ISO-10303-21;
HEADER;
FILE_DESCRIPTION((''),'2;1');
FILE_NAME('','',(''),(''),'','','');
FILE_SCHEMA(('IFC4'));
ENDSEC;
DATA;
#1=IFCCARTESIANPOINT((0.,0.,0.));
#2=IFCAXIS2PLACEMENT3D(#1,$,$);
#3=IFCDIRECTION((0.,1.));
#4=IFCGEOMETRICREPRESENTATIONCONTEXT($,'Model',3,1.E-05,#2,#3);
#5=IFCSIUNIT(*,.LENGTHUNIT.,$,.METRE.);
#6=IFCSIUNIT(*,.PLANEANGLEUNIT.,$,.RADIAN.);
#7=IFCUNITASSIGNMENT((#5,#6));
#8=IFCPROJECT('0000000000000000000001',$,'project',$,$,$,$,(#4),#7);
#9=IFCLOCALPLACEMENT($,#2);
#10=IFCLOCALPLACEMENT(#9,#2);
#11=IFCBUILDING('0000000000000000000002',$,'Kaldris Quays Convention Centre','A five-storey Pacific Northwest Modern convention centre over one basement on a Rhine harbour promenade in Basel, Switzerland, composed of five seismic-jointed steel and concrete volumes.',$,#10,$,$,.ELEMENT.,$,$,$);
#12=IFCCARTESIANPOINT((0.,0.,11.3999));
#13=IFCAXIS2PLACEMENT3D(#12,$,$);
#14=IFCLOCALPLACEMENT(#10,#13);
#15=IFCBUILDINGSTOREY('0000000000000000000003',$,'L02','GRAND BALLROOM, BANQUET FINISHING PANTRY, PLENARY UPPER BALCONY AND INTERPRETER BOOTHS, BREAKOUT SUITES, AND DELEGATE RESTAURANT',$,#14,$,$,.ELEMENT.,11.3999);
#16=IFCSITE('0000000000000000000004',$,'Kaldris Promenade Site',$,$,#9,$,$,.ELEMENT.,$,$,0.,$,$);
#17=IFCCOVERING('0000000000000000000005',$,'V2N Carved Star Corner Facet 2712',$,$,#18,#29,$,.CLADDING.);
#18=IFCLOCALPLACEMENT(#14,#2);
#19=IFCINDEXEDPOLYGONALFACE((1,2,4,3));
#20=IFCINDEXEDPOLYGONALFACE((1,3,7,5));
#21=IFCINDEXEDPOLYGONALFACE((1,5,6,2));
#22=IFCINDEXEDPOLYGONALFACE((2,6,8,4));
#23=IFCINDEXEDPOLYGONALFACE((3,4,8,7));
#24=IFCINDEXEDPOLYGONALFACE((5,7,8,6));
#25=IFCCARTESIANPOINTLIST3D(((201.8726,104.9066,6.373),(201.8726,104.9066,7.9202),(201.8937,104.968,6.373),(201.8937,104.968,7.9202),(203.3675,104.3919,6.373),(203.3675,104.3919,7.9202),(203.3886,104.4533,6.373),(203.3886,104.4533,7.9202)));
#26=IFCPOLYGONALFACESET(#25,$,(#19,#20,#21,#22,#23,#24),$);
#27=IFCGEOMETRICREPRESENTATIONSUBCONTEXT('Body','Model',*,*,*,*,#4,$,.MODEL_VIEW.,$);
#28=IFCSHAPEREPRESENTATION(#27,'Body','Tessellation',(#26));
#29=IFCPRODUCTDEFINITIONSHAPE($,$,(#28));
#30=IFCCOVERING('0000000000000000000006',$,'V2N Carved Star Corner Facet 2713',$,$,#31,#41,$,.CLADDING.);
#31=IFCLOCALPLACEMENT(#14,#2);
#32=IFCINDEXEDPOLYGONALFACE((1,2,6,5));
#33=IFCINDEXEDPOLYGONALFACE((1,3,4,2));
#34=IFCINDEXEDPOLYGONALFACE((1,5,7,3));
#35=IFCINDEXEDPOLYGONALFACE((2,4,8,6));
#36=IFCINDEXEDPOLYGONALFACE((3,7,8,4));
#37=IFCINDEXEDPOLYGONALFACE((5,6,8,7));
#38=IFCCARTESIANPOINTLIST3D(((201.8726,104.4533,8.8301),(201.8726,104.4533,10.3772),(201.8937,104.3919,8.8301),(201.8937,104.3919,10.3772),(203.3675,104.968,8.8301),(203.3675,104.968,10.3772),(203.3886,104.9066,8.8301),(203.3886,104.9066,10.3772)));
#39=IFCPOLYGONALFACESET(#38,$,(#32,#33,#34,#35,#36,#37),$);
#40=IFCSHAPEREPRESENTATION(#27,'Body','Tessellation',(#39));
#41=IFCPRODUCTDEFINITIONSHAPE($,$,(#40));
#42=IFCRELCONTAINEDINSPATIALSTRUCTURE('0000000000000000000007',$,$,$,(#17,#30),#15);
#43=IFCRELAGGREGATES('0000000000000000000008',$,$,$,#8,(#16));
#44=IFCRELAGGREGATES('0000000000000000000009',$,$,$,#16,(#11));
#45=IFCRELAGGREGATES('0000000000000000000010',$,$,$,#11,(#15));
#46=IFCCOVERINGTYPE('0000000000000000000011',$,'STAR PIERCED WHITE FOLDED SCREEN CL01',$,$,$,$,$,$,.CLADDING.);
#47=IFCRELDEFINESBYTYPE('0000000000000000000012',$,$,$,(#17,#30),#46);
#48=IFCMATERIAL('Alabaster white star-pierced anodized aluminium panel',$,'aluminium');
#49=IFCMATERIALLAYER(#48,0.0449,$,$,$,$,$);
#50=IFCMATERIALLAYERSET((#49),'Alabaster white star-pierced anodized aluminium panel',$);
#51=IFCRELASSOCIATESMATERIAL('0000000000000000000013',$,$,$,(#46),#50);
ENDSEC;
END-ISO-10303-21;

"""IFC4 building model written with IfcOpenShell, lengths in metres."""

from ifc_helpers import new_model, si_unit, direction, frame, origin, origin_2d, place, context, subcontext, project, spatial, rectangle, extrude, material, layer, layer_set, type_object, element, save


model = new_model("IFC4")

# Units and contexts
model_context = context("Model", 3, precision=1e-05, world=origin(), true_north=direction((0.0, 1.0)))
body_context = subcontext(model_context, "Body", "Model", "MODEL_VIEW")
ifc_project = project(units=[si_unit("LENGTHUNIT", "METRE"), si_unit("PLANEANGLEUNIT", "RADIAN")], contexts=[model_context])

# Site, building, storey
site_placement = place(None, origin())
site = spatial("IfcSite", under=ifc_project, at=site_placement, Name="Kaldris Promenade Site", CompositionType="ELEMENT", RefElevation=0.0)
building_placement = place(site_placement, origin())
building = spatial("IfcBuilding", under=site, at=building_placement, Name="Kaldris Quays Convention Centre", Description="A five-storey Pacific Northwest Modern convention centre over one basement on a Rhine harbour promenade in Basel, Switzerland, composed of five seismic-jointed steel and concrete volumes.", CompositionType="ELEMENT")
storey_placement = place(building_placement, frame((0.0, 0.0, 11.3999)))
storey = spatial("IfcBuildingStorey", under=building, at=storey_placement, Name="L02", Description="GRAND BALLROOM, BANQUET FINISHING PANTRY, PLENARY UPPER BALCONY AND INTERPRETER BOOTHS, BREAKOUT SUITES, AND DELEGATE RESTAURANT", CompositionType="ELEMENT", Elevation=11.3999)

# Coverings
ifc_material_1 = material(Name="Alabaster white star-pierced anodized aluminium panel", Category="aluminium")
ifc_layer = layer(ifc_material_1, 0.0449)
ifc_layer_set = layer_set([ifc_layer], Name="Alabaster white star-pierced anodized aluminium panel")
covering_type = type_object("IfcCoveringType", Name="STAR PIERCED WHITE FOLDED SCREEN CL01", PredefinedType="CLADDING", material=ifc_layer_set)
for number, where, z_axis, x_axis, name in (
    (1, (202.6306, 104.6799, 6.373), (0.0, 0.0, 1.0), (0.945519, -0.325568, 0.0), "V2N Carved Star Corner Facet 2712"),
    (2, (202.6306, 104.6799, 8.8301), (0.0, 0.0, 1.0), (0.945519, 0.325568, 0.0), "V2N Carved Star Corner Facet 2713"),
):
    element("IfcCovering", number, at=place(storey_placement, frame(where, z_axis=z_axis, x_axis=x_axis)), inside=storey, type_object=covering_type, Name=name, PredefinedType="CLADDING", context=body_context, shape_type="SweptSolid", body=[
        extrude(rectangle(XDim=1.5811, YDim=0.0649, at=origin_2d()), origin(), (0.0, 0.0, 1.0), 1.5471),
    ])

save(model, "model.ifc")
